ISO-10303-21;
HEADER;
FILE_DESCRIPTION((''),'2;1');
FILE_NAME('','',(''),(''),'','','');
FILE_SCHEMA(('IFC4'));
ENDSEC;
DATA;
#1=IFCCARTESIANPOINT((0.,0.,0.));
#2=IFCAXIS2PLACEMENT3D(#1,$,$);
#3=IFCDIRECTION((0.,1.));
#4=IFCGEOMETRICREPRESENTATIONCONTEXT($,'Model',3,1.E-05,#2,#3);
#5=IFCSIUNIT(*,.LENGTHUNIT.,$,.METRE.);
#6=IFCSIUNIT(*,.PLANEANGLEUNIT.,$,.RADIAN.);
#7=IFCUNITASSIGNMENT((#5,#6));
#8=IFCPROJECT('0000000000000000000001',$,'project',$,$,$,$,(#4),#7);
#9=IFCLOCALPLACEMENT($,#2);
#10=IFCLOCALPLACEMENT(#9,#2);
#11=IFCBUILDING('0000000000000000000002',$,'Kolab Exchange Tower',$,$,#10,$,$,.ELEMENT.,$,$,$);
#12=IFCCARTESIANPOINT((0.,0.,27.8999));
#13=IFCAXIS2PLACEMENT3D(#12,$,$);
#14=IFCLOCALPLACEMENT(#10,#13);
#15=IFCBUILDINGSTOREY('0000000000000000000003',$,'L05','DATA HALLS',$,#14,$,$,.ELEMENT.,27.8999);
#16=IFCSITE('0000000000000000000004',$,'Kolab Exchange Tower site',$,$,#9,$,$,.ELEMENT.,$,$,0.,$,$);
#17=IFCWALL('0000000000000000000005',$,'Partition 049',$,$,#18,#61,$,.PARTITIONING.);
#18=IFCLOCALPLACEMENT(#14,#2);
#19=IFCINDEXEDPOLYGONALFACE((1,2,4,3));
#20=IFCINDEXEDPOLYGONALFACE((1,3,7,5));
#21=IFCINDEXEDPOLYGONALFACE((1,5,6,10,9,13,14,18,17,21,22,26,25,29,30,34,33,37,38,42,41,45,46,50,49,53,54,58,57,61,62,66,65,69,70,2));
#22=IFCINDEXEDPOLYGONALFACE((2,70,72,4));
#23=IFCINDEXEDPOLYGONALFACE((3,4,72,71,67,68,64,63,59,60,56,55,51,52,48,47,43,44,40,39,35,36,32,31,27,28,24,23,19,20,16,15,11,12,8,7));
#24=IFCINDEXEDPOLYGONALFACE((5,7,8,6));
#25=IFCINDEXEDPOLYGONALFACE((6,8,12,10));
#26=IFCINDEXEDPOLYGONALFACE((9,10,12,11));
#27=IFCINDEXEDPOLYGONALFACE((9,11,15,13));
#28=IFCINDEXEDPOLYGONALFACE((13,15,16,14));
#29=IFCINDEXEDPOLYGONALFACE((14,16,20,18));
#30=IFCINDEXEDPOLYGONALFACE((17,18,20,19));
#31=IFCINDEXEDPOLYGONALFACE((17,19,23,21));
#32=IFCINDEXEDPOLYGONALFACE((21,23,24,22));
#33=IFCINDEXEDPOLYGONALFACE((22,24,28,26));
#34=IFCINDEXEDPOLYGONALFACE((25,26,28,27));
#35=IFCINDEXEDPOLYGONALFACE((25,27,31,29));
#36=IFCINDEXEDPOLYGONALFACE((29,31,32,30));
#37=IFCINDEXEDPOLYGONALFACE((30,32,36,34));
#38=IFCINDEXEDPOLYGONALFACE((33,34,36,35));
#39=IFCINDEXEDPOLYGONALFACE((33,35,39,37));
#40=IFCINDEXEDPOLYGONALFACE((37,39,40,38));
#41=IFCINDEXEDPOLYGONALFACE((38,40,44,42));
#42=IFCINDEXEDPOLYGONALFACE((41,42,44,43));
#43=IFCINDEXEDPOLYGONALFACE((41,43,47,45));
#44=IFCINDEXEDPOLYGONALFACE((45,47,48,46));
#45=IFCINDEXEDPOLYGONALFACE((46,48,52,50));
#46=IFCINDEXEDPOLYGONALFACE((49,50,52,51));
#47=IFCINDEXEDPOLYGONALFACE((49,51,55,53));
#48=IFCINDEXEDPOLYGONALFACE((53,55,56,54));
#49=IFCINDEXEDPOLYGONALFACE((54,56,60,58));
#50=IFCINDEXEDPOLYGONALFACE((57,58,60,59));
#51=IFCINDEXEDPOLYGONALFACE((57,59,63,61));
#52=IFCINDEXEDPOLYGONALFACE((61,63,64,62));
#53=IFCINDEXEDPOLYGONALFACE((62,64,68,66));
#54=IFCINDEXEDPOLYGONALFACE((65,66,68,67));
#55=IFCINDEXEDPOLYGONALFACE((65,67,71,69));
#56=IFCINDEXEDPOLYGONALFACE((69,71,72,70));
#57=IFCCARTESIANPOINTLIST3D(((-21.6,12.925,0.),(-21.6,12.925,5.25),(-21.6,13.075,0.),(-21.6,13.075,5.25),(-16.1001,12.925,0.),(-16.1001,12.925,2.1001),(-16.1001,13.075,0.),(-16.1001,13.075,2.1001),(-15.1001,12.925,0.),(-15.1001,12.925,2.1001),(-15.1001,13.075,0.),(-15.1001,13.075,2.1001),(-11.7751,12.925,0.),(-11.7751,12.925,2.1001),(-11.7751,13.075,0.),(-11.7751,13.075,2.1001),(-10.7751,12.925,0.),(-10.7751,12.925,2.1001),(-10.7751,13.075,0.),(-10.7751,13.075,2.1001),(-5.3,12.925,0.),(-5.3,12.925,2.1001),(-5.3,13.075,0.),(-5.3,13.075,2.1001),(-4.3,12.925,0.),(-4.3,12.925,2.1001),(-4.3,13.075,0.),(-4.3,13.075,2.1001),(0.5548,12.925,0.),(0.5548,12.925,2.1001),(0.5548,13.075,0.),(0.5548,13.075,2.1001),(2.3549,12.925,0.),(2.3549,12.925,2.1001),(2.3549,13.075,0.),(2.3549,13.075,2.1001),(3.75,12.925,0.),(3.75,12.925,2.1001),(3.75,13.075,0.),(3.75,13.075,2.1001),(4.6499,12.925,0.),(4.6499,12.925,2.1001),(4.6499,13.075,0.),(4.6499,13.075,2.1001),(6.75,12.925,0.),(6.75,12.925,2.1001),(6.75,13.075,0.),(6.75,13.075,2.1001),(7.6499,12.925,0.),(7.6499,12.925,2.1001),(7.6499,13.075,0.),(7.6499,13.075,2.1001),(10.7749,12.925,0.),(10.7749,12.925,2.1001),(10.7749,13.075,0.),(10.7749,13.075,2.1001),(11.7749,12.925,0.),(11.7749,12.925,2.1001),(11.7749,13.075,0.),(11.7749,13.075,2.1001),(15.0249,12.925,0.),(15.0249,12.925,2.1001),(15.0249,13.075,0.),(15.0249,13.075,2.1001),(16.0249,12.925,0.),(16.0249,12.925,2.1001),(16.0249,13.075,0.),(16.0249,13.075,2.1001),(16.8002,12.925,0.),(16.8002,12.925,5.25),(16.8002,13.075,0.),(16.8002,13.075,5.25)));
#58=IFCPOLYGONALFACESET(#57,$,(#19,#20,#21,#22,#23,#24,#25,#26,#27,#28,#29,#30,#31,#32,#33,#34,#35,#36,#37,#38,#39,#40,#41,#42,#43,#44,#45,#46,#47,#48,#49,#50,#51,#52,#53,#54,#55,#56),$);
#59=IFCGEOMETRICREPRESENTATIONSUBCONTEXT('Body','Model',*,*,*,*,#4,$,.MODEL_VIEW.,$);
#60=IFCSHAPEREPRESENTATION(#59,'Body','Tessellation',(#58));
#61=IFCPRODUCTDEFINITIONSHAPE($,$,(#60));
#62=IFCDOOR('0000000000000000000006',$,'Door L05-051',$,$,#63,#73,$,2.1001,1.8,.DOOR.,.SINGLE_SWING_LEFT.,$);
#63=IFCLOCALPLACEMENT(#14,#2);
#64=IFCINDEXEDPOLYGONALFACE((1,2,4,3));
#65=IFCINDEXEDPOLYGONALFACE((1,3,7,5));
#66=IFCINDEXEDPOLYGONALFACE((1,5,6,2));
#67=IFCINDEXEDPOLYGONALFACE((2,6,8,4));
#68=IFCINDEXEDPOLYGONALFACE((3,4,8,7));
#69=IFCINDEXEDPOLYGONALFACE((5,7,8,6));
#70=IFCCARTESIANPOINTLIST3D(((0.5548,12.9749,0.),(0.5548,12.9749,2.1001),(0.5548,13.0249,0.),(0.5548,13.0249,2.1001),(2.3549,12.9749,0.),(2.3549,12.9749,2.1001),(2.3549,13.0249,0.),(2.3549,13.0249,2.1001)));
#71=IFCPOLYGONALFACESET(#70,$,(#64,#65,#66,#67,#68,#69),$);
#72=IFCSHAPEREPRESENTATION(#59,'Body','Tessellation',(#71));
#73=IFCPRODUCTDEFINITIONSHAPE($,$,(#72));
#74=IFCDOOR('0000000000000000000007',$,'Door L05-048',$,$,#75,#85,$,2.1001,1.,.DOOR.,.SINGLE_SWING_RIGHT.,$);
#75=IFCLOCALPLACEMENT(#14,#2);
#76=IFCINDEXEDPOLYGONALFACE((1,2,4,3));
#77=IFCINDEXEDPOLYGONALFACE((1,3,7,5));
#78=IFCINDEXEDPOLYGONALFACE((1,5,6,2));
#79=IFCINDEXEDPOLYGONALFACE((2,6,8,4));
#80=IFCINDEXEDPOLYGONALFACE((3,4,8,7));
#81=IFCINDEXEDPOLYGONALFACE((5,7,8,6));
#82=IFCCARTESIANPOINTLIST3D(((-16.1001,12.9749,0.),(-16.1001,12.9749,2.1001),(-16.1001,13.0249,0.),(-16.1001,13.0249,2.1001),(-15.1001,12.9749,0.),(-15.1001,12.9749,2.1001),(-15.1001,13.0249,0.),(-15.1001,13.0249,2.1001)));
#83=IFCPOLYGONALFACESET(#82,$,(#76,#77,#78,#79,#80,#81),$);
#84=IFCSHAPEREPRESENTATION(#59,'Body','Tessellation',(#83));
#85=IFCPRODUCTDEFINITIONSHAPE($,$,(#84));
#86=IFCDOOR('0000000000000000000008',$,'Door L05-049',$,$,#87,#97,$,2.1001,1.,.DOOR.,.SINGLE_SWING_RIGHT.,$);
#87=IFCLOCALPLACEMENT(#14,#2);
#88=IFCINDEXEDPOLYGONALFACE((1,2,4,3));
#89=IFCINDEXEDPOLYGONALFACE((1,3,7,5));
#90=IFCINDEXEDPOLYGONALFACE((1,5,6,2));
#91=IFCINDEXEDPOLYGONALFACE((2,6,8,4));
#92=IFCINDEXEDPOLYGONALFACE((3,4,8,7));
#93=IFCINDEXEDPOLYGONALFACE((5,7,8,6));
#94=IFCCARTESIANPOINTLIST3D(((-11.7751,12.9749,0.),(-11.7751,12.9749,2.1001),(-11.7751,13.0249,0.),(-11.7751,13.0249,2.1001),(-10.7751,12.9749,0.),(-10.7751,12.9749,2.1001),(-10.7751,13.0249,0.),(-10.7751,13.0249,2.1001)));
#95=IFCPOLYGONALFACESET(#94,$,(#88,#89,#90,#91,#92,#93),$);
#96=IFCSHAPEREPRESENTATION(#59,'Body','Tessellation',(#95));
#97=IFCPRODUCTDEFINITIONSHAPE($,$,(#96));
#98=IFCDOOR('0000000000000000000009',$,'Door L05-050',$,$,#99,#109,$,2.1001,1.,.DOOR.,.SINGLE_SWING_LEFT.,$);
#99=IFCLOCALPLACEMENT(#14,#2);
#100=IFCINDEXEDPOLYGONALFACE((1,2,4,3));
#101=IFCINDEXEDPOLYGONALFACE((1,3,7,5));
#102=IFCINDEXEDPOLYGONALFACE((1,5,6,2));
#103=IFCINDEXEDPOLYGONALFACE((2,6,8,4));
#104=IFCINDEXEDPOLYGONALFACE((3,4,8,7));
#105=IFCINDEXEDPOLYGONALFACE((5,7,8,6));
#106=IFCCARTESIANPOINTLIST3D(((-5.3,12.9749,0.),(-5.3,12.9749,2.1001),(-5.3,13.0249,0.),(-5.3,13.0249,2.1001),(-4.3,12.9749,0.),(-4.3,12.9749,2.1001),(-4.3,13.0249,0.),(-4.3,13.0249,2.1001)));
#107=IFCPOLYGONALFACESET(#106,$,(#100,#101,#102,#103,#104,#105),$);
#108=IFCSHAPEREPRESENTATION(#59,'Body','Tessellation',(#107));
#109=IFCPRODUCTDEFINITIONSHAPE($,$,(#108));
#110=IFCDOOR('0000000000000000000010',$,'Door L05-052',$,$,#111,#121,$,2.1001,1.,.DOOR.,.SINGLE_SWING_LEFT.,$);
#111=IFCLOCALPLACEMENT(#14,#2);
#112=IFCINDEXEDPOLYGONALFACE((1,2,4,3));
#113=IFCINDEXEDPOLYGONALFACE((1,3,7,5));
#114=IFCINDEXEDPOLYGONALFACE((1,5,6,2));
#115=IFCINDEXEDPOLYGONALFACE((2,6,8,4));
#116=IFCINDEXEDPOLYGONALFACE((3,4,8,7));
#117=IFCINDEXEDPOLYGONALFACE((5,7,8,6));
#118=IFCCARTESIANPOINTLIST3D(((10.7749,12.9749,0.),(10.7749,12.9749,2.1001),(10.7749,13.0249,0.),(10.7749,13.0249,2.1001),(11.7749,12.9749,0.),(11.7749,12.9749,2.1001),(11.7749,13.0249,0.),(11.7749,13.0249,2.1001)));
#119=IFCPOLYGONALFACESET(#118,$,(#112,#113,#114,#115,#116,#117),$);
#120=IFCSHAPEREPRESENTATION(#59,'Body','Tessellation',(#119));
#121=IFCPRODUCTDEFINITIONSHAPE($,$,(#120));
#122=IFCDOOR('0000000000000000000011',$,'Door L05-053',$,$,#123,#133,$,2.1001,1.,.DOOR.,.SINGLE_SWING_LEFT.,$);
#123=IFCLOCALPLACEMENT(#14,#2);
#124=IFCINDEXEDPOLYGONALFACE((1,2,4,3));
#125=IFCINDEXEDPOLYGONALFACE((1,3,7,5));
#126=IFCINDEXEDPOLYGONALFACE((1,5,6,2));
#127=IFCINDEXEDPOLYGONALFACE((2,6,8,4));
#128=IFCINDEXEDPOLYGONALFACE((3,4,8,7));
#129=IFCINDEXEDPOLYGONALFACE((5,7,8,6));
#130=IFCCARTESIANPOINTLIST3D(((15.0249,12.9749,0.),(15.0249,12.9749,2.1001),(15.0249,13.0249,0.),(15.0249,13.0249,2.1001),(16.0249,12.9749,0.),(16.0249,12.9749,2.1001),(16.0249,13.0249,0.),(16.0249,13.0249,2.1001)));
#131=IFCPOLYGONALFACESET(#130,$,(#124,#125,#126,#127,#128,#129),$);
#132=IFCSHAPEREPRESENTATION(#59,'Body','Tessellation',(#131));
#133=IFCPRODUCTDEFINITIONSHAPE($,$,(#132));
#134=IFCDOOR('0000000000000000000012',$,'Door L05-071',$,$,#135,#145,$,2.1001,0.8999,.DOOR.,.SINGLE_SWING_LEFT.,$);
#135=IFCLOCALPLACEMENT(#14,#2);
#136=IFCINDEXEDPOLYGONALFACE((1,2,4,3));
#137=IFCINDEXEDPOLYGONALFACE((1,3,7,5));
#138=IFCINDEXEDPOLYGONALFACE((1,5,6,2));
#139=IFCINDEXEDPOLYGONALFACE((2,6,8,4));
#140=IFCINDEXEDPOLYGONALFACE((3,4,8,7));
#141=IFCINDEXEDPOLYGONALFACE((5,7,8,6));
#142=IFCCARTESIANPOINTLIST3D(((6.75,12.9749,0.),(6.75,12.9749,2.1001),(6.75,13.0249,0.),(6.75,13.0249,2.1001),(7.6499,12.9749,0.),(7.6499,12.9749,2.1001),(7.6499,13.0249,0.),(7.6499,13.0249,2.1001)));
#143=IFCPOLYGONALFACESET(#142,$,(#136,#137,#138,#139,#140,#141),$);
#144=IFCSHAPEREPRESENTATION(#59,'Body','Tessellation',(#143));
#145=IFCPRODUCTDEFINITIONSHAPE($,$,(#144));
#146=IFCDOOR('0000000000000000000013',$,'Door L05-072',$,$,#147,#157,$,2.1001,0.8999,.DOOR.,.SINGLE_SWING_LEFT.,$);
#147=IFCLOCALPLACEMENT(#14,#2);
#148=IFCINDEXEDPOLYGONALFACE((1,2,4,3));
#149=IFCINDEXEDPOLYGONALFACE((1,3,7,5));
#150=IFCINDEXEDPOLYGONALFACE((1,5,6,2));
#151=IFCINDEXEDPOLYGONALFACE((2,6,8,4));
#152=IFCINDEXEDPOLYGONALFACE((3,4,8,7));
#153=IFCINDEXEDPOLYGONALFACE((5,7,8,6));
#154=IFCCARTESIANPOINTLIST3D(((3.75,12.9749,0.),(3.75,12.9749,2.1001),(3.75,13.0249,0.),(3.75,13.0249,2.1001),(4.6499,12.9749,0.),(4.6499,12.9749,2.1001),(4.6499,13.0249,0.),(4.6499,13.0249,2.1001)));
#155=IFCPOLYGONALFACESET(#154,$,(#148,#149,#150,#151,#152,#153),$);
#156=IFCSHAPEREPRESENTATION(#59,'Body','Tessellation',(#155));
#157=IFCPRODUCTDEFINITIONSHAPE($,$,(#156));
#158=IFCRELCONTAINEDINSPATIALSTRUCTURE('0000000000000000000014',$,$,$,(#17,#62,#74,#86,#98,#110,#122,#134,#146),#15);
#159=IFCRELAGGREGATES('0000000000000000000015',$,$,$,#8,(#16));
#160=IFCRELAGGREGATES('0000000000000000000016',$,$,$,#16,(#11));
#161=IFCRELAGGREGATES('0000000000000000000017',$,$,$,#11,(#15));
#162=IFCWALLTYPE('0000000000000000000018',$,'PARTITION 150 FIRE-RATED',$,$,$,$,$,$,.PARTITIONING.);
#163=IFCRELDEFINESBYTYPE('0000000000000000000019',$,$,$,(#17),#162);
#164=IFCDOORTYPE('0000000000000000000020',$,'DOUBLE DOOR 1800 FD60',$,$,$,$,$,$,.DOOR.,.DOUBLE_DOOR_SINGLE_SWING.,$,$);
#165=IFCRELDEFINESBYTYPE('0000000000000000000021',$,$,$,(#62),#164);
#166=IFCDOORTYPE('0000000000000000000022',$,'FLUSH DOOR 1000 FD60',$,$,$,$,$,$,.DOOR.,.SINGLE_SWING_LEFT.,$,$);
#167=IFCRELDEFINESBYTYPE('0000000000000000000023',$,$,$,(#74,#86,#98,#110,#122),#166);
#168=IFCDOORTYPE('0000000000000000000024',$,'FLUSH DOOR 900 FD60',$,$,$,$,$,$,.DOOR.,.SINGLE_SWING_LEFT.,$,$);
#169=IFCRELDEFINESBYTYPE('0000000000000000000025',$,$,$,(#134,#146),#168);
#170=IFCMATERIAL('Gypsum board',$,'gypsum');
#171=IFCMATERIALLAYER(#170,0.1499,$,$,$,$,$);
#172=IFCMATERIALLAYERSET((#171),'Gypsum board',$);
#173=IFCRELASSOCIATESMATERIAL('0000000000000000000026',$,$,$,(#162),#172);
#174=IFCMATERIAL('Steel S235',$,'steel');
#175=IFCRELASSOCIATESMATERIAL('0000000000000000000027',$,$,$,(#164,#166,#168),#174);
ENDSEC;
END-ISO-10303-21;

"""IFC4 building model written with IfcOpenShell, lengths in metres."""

from ifc_helpers import new_model, si_unit, direction, frame, frame_2d, origin, place, context, subcontext, project, spatial, rectangle, extrude, material, layer, layer_set, type_object, element, fill, save


model = new_model("IFC4")

# Units and contexts
model_context = context("Model", 3, precision=1e-05, world=origin(), true_north=direction((0.0, 1.0)))
body_context = subcontext(model_context, "Body", "Model", "MODEL_VIEW")
ifc_project = project(units=[si_unit("LENGTHUNIT", "METRE"), si_unit("PLANEANGLEUNIT", "RADIAN")], contexts=[model_context])

# Site, building, storey
site_placement = place(None, origin())
site = spatial("IfcSite", under=ifc_project, at=site_placement, Name="Kolab Exchange Tower site", CompositionType="ELEMENT", RefElevation=0.0)
building_placement = place(site_placement, origin())
building = spatial("IfcBuilding", under=site, at=building_placement, Name="Kolab Exchange Tower", CompositionType="ELEMENT")
storey_placement = place(building_placement, frame((0.0, 0.0, 27.8999)))
storey = spatial("IfcBuildingStorey", under=building, at=storey_placement, Name="L05", Description="DATA HALLS", CompositionType="ELEMENT", Elevation=27.8999)

# Shared definitions
ifc_material_1 = material(Name="Gypsum board", Category="gypsum")
ifc_layer_1 = layer(ifc_material_1, 0.1499)
ifc_layer_set_1 = layer_set([ifc_layer_1], Name="Gypsum board")
wall_type = type_object("IfcWallType", Name="PARTITION 150 FIRE-RATED", PredefinedType="PARTITIONING", material=ifc_layer_set_1)

# Wall, openings, doors
wall_1_placement = place(storey_placement, frame((-21.6001, 13.0, 0.0), z_axis=(0.0, 0.0, 1.0), x_axis=(1.0, 0.0, 0.0)))
wall_1 = element("IfcWall", 1, at=wall_1_placement, inside=storey, type_object=wall_type, Name="Partition 049", PredefinedType="PARTITIONING", context=body_context, shape_type="SweptSolid", body=[
    extrude(rectangle(XDim=38.4001, YDim=0.1499, at=frame_2d((19.2002, 0.0))), origin(), (0.0, 0.0, 1.0), 5.25),
])
opening_1_placement = place(wall_1_placement, frame((5.5, 0.0, 0.0)))
opening_1 = element("IfcOpeningElement", 2, at=opening_1_placement, cuts=wall_1, PredefinedType="OPENING", context=body_context, shape_type="SweptSolid", body=[
    extrude(rectangle(XDim=1.0, YDim=2.1001, at=frame_2d((0.5, 1.05))), frame((0.0, 0.085, 0.0), z_axis=(0.0, -1.0, 0.0), x_axis=(1.0, 0.0, 0.0)), (0.0, 0.0, 1.0), 0.1699),
])
opening_2_placement = place(wall_1_placement, frame((9.825, 0.0, 0.0)))
opening_2 = element("IfcOpeningElement", 3, at=opening_2_placement, cuts=wall_1, PredefinedType="OPENING", context=body_context, shape_type="SweptSolid", body=[
    extrude(rectangle(XDim=1.0, YDim=2.1001, at=frame_2d((0.5, 1.05))), frame((0.0, 0.085, 0.0), z_axis=(0.0, -1.0, 0.0), x_axis=(1.0, 0.0, 0.0)), (0.0, 0.0, 1.0), 0.1699),
])
opening_3_placement = place(wall_1_placement, frame((16.3, 0.0, 0.0)))
opening_3 = element("IfcOpeningElement", 4, at=opening_3_placement, cuts=wall_1, PredefinedType="OPENING", context=body_context, shape_type="SweptSolid", body=[
    extrude(rectangle(XDim=1.0, YDim=2.1001, at=frame_2d((0.5, 1.05))), frame((0.0, 0.085, 0.0), z_axis=(0.0, -1.0, 0.0), x_axis=(1.0, 0.0, 0.0)), (0.0, 0.0, 1.0), 0.1699),
])
opening_4_placement = place(wall_1_placement, frame((22.155, 0.0, 0.0)))
opening_4 = element("IfcOpeningElement", 5, at=opening_4_placement, cuts=wall_1, PredefinedType="OPENING", context=body_context, shape_type="SweptSolid", body=[
    extrude(rectangle(XDim=1.8, YDim=2.1001, at=frame_2d((0.8999, 1.05))), frame((0.0, 0.085, 0.0), z_axis=(0.0, -1.0, 0.0), x_axis=(1.0, 0.0, 0.0)), (0.0, 0.0, 1.0), 0.1699),
])
opening_5_placement = place(wall_1_placement, frame((32.375, 0.0, 0.0)))
opening_5 = element("IfcOpeningElement", 6, at=opening_5_placement, cuts=wall_1, PredefinedType="OPENING", context=body_context, shape_type="SweptSolid", body=[
    extrude(rectangle(XDim=1.0, YDim=2.1001, at=frame_2d((0.5, 1.05))), frame((0.0, 0.085, 0.0), z_axis=(0.0, -1.0, 0.0), x_axis=(1.0, 0.0, 0.0)), (0.0, 0.0, 1.0), 0.1699),
])
opening_6_placement = place(wall_1_placement, frame((36.625, 0.0, 0.0)))
opening_6 = element("IfcOpeningElement", 7, at=opening_6_placement, cuts=wall_1, PredefinedType="OPENING", context=body_context, shape_type="SweptSolid", body=[
    extrude(rectangle(XDim=1.0, YDim=2.1001, at=frame_2d((0.5, 1.05))), frame((0.0, 0.085, 0.0), z_axis=(0.0, -1.0, 0.0), x_axis=(1.0, 0.0, 0.0)), (0.0, 0.0, 1.0), 0.1699),
])
opening_7_placement = place(wall_1_placement, frame((28.3501, 0.0, 0.0)))
opening_7 = element("IfcOpeningElement", 8, at=opening_7_placement, cuts=wall_1, PredefinedType="OPENING", context=body_context, shape_type="SweptSolid", body=[
    extrude(rectangle(XDim=0.8999, YDim=2.1001, at=frame_2d((0.45, 1.05))), frame((0.0, 0.085, 0.0), z_axis=(0.0, -1.0, 0.0), x_axis=(1.0, 0.0, 0.0)), (0.0, 0.0, 1.0), 0.1699),
])
opening_8_placement = place(wall_1_placement, frame((25.3501, 0.0, 0.0)))
opening_8 = element("IfcOpeningElement", 9, at=opening_8_placement, cuts=wall_1, PredefinedType="OPENING", context=body_context, shape_type="SweptSolid", body=[
    extrude(rectangle(XDim=0.8999, YDim=2.1001, at=frame_2d((0.45, 1.05))), frame((0.0, 0.085, 0.0), z_axis=(0.0, -1.0, 0.0), x_axis=(1.0, 0.0, 0.0)), (0.0, 0.0, 1.0), 0.1699),
])
ifc_material_2 = material(Name="Steel S235", Category="steel")
door_type_1 = type_object("IfcDoorType", Name="DOUBLE DOOR 1800 FD60", OperationType="DOUBLE_DOOR_SINGLE_SWING", PredefinedType="DOOR", material=ifc_material_2)
door_1_placement = place(opening_4_placement, origin())
door_1 = element("IfcDoor", 10, at=door_1_placement, inside=storey, type_object=door_type_1, Name="Door L05-051", OperationType="SINGLE_SWING_LEFT", OverallHeight=2.1001, OverallWidth=1.8, PredefinedType="DOOR", context=body_context, shape_type="SweptSolid", body=[
    extrude(rectangle(XDim=1.8, YDim=2.1001, at=frame_2d((0.8999, 1.05))), frame((0.0, 0.0249, 0.0), z_axis=(0.0, -1.0, 0.0), x_axis=(1.0, 0.0, 0.0)), (0.0, 0.0, 1.0), 0.05),
])
fill(opening_4, door_1)
door_type_2 = type_object("IfcDoorType", Name="FLUSH DOOR 1000 FD60", OperationType="SINGLE_SWING_LEFT", PredefinedType="DOOR", material=ifc_material_2)
door_2_placement = place(opening_1_placement, origin())
door_2 = element("IfcDoor", 11, at=door_2_placement, inside=storey, type_object=door_type_2, Name="Door L05-048", OperationType="SINGLE_SWING_RIGHT", OverallHeight=2.1001, OverallWidth=1.0, PredefinedType="DOOR", context=body_context, shape_type="SweptSolid", body=[
    extrude(rectangle(XDim=1.0, YDim=2.1001, at=frame_2d((0.5, 1.05))), frame((0.0, 0.0249, 0.0), z_axis=(0.0, -1.0, 0.0), x_axis=(1.0, 0.0, 0.0)), (0.0, 0.0, 1.0), 0.05),
])
fill(opening_1, door_2)
door_3_placement = place(opening_2_placement, origin())
door_3 = element("IfcDoor", 12, at=door_3_placement, inside=storey, type_object=door_type_2, Name="Door L05-049", OperationType="SINGLE_SWING_RIGHT", OverallHeight=2.1001, OverallWidth=1.0, PredefinedType="DOOR", context=body_context, shape_type="SweptSolid", body=[
    extrude(rectangle(XDim=1.0, YDim=2.1001, at=frame_2d((0.5, 1.05))), frame((0.0, 0.0249, 0.0), z_axis=(0.0, -1.0, 0.0), x_axis=(1.0, 0.0, 0.0)), (0.0, 0.0, 1.0), 0.05),
])
fill(opening_2, door_3)
door_4_placement = place(opening_3_placement, origin())
door_4 = element("IfcDoor", 13, at=door_4_placement, inside=storey, type_object=door_type_2, Name="Door L05-050", OperationType="SINGLE_SWING_LEFT", OverallHeight=2.1001, OverallWidth=1.0, PredefinedType="DOOR", context=body_context, shape_type="SweptSolid", body=[
    extrude(rectangle(XDim=1.0, YDim=2.1001, at=frame_2d((0.5, 1.05))), frame((0.0, 0.0249, 0.0), z_axis=(0.0, -1.0, 0.0), x_axis=(1.0, 0.0, 0.0)), (0.0, 0.0, 1.0), 0.05),
])
fill(opening_3, door_4)
door_5_placement = place(opening_5_placement, origin())
door_5 = element("IfcDoor", 14, at=door_5_placement, inside=storey, type_object=door_type_2, Name="Door L05-052", OperationType="SINGLE_SWING_LEFT", OverallHeight=2.1001, OverallWidth=1.0, PredefinedType="DOOR", context=body_context, shape_type="SweptSolid", body=[
    extrude(rectangle(XDim=1.0, YDim=2.1001, at=frame_2d((0.5, 1.05))), frame((0.0, 0.0249, 0.0), z_axis=(0.0, -1.0, 0.0), x_axis=(1.0, 0.0, 0.0)), (0.0, 0.0, 1.0), 0.05),
])
fill(opening_5, door_5)
door_6_placement = place(opening_6_placement, origin())
door_6 = element("IfcDoor", 15, at=door_6_placement, inside=storey, type_object=door_type_2, Name="Door L05-053", OperationType="SINGLE_SWING_LEFT", OverallHeight=2.1001, OverallWidth=1.0, PredefinedType="DOOR", context=body_context, shape_type="SweptSolid", body=[
    extrude(rectangle(XDim=1.0, YDim=2.1001, at=frame_2d((0.5, 1.05))), frame((0.0, 0.0249, 0.0), z_axis=(0.0, -1.0, 0.0), x_axis=(1.0, 0.0, 0.0)), (0.0, 0.0, 1.0), 0.05),
])
fill(opening_6, door_6)
door_type_3 = type_object("IfcDoorType", Name="FLUSH DOOR 900 FD60", OperationType="SINGLE_SWING_LEFT", PredefinedType="DOOR", material=ifc_material_2)
door_7_placement = place(opening_7_placement, origin())
door_7 = element("IfcDoor", 16, at=door_7_placement, inside=storey, type_object=door_type_3, Name="Door L05-071", OperationType="SINGLE_SWING_LEFT", OverallHeight=2.1001, OverallWidth=0.8999, PredefinedType="DOOR", context=body_context, shape_type="SweptSolid", body=[
    extrude(rectangle(XDim=0.8999, YDim=2.1001, at=frame_2d((0.45, 1.05))), frame((0.0, 0.0249, 0.0), z_axis=(0.0, -1.0, 0.0), x_axis=(1.0, 0.0, 0.0)), (0.0, 0.0, 1.0), 0.05),
])
fill(opening_7, door_7)
door_8_placement = place(opening_8_placement, origin())
door_8 = element("IfcDoor", 17, at=door_8_placement, inside=storey, type_object=door_type_3, Name="Door L05-072", OperationType="SINGLE_SWING_LEFT", OverallHeight=2.1001, OverallWidth=0.8999, PredefinedType="DOOR", context=body_context, shape_type="SweptSolid", body=[
    extrude(rectangle(XDim=0.8999, YDim=2.1001, at=frame_2d((0.45, 1.05))), frame((0.0, 0.0249, 0.0), z_axis=(0.0, -1.0, 0.0), x_axis=(1.0, 0.0, 0.0)), (0.0, 0.0, 1.0), 0.05),
])
fill(opening_8, door_8)

save(model, "model.ifc")
